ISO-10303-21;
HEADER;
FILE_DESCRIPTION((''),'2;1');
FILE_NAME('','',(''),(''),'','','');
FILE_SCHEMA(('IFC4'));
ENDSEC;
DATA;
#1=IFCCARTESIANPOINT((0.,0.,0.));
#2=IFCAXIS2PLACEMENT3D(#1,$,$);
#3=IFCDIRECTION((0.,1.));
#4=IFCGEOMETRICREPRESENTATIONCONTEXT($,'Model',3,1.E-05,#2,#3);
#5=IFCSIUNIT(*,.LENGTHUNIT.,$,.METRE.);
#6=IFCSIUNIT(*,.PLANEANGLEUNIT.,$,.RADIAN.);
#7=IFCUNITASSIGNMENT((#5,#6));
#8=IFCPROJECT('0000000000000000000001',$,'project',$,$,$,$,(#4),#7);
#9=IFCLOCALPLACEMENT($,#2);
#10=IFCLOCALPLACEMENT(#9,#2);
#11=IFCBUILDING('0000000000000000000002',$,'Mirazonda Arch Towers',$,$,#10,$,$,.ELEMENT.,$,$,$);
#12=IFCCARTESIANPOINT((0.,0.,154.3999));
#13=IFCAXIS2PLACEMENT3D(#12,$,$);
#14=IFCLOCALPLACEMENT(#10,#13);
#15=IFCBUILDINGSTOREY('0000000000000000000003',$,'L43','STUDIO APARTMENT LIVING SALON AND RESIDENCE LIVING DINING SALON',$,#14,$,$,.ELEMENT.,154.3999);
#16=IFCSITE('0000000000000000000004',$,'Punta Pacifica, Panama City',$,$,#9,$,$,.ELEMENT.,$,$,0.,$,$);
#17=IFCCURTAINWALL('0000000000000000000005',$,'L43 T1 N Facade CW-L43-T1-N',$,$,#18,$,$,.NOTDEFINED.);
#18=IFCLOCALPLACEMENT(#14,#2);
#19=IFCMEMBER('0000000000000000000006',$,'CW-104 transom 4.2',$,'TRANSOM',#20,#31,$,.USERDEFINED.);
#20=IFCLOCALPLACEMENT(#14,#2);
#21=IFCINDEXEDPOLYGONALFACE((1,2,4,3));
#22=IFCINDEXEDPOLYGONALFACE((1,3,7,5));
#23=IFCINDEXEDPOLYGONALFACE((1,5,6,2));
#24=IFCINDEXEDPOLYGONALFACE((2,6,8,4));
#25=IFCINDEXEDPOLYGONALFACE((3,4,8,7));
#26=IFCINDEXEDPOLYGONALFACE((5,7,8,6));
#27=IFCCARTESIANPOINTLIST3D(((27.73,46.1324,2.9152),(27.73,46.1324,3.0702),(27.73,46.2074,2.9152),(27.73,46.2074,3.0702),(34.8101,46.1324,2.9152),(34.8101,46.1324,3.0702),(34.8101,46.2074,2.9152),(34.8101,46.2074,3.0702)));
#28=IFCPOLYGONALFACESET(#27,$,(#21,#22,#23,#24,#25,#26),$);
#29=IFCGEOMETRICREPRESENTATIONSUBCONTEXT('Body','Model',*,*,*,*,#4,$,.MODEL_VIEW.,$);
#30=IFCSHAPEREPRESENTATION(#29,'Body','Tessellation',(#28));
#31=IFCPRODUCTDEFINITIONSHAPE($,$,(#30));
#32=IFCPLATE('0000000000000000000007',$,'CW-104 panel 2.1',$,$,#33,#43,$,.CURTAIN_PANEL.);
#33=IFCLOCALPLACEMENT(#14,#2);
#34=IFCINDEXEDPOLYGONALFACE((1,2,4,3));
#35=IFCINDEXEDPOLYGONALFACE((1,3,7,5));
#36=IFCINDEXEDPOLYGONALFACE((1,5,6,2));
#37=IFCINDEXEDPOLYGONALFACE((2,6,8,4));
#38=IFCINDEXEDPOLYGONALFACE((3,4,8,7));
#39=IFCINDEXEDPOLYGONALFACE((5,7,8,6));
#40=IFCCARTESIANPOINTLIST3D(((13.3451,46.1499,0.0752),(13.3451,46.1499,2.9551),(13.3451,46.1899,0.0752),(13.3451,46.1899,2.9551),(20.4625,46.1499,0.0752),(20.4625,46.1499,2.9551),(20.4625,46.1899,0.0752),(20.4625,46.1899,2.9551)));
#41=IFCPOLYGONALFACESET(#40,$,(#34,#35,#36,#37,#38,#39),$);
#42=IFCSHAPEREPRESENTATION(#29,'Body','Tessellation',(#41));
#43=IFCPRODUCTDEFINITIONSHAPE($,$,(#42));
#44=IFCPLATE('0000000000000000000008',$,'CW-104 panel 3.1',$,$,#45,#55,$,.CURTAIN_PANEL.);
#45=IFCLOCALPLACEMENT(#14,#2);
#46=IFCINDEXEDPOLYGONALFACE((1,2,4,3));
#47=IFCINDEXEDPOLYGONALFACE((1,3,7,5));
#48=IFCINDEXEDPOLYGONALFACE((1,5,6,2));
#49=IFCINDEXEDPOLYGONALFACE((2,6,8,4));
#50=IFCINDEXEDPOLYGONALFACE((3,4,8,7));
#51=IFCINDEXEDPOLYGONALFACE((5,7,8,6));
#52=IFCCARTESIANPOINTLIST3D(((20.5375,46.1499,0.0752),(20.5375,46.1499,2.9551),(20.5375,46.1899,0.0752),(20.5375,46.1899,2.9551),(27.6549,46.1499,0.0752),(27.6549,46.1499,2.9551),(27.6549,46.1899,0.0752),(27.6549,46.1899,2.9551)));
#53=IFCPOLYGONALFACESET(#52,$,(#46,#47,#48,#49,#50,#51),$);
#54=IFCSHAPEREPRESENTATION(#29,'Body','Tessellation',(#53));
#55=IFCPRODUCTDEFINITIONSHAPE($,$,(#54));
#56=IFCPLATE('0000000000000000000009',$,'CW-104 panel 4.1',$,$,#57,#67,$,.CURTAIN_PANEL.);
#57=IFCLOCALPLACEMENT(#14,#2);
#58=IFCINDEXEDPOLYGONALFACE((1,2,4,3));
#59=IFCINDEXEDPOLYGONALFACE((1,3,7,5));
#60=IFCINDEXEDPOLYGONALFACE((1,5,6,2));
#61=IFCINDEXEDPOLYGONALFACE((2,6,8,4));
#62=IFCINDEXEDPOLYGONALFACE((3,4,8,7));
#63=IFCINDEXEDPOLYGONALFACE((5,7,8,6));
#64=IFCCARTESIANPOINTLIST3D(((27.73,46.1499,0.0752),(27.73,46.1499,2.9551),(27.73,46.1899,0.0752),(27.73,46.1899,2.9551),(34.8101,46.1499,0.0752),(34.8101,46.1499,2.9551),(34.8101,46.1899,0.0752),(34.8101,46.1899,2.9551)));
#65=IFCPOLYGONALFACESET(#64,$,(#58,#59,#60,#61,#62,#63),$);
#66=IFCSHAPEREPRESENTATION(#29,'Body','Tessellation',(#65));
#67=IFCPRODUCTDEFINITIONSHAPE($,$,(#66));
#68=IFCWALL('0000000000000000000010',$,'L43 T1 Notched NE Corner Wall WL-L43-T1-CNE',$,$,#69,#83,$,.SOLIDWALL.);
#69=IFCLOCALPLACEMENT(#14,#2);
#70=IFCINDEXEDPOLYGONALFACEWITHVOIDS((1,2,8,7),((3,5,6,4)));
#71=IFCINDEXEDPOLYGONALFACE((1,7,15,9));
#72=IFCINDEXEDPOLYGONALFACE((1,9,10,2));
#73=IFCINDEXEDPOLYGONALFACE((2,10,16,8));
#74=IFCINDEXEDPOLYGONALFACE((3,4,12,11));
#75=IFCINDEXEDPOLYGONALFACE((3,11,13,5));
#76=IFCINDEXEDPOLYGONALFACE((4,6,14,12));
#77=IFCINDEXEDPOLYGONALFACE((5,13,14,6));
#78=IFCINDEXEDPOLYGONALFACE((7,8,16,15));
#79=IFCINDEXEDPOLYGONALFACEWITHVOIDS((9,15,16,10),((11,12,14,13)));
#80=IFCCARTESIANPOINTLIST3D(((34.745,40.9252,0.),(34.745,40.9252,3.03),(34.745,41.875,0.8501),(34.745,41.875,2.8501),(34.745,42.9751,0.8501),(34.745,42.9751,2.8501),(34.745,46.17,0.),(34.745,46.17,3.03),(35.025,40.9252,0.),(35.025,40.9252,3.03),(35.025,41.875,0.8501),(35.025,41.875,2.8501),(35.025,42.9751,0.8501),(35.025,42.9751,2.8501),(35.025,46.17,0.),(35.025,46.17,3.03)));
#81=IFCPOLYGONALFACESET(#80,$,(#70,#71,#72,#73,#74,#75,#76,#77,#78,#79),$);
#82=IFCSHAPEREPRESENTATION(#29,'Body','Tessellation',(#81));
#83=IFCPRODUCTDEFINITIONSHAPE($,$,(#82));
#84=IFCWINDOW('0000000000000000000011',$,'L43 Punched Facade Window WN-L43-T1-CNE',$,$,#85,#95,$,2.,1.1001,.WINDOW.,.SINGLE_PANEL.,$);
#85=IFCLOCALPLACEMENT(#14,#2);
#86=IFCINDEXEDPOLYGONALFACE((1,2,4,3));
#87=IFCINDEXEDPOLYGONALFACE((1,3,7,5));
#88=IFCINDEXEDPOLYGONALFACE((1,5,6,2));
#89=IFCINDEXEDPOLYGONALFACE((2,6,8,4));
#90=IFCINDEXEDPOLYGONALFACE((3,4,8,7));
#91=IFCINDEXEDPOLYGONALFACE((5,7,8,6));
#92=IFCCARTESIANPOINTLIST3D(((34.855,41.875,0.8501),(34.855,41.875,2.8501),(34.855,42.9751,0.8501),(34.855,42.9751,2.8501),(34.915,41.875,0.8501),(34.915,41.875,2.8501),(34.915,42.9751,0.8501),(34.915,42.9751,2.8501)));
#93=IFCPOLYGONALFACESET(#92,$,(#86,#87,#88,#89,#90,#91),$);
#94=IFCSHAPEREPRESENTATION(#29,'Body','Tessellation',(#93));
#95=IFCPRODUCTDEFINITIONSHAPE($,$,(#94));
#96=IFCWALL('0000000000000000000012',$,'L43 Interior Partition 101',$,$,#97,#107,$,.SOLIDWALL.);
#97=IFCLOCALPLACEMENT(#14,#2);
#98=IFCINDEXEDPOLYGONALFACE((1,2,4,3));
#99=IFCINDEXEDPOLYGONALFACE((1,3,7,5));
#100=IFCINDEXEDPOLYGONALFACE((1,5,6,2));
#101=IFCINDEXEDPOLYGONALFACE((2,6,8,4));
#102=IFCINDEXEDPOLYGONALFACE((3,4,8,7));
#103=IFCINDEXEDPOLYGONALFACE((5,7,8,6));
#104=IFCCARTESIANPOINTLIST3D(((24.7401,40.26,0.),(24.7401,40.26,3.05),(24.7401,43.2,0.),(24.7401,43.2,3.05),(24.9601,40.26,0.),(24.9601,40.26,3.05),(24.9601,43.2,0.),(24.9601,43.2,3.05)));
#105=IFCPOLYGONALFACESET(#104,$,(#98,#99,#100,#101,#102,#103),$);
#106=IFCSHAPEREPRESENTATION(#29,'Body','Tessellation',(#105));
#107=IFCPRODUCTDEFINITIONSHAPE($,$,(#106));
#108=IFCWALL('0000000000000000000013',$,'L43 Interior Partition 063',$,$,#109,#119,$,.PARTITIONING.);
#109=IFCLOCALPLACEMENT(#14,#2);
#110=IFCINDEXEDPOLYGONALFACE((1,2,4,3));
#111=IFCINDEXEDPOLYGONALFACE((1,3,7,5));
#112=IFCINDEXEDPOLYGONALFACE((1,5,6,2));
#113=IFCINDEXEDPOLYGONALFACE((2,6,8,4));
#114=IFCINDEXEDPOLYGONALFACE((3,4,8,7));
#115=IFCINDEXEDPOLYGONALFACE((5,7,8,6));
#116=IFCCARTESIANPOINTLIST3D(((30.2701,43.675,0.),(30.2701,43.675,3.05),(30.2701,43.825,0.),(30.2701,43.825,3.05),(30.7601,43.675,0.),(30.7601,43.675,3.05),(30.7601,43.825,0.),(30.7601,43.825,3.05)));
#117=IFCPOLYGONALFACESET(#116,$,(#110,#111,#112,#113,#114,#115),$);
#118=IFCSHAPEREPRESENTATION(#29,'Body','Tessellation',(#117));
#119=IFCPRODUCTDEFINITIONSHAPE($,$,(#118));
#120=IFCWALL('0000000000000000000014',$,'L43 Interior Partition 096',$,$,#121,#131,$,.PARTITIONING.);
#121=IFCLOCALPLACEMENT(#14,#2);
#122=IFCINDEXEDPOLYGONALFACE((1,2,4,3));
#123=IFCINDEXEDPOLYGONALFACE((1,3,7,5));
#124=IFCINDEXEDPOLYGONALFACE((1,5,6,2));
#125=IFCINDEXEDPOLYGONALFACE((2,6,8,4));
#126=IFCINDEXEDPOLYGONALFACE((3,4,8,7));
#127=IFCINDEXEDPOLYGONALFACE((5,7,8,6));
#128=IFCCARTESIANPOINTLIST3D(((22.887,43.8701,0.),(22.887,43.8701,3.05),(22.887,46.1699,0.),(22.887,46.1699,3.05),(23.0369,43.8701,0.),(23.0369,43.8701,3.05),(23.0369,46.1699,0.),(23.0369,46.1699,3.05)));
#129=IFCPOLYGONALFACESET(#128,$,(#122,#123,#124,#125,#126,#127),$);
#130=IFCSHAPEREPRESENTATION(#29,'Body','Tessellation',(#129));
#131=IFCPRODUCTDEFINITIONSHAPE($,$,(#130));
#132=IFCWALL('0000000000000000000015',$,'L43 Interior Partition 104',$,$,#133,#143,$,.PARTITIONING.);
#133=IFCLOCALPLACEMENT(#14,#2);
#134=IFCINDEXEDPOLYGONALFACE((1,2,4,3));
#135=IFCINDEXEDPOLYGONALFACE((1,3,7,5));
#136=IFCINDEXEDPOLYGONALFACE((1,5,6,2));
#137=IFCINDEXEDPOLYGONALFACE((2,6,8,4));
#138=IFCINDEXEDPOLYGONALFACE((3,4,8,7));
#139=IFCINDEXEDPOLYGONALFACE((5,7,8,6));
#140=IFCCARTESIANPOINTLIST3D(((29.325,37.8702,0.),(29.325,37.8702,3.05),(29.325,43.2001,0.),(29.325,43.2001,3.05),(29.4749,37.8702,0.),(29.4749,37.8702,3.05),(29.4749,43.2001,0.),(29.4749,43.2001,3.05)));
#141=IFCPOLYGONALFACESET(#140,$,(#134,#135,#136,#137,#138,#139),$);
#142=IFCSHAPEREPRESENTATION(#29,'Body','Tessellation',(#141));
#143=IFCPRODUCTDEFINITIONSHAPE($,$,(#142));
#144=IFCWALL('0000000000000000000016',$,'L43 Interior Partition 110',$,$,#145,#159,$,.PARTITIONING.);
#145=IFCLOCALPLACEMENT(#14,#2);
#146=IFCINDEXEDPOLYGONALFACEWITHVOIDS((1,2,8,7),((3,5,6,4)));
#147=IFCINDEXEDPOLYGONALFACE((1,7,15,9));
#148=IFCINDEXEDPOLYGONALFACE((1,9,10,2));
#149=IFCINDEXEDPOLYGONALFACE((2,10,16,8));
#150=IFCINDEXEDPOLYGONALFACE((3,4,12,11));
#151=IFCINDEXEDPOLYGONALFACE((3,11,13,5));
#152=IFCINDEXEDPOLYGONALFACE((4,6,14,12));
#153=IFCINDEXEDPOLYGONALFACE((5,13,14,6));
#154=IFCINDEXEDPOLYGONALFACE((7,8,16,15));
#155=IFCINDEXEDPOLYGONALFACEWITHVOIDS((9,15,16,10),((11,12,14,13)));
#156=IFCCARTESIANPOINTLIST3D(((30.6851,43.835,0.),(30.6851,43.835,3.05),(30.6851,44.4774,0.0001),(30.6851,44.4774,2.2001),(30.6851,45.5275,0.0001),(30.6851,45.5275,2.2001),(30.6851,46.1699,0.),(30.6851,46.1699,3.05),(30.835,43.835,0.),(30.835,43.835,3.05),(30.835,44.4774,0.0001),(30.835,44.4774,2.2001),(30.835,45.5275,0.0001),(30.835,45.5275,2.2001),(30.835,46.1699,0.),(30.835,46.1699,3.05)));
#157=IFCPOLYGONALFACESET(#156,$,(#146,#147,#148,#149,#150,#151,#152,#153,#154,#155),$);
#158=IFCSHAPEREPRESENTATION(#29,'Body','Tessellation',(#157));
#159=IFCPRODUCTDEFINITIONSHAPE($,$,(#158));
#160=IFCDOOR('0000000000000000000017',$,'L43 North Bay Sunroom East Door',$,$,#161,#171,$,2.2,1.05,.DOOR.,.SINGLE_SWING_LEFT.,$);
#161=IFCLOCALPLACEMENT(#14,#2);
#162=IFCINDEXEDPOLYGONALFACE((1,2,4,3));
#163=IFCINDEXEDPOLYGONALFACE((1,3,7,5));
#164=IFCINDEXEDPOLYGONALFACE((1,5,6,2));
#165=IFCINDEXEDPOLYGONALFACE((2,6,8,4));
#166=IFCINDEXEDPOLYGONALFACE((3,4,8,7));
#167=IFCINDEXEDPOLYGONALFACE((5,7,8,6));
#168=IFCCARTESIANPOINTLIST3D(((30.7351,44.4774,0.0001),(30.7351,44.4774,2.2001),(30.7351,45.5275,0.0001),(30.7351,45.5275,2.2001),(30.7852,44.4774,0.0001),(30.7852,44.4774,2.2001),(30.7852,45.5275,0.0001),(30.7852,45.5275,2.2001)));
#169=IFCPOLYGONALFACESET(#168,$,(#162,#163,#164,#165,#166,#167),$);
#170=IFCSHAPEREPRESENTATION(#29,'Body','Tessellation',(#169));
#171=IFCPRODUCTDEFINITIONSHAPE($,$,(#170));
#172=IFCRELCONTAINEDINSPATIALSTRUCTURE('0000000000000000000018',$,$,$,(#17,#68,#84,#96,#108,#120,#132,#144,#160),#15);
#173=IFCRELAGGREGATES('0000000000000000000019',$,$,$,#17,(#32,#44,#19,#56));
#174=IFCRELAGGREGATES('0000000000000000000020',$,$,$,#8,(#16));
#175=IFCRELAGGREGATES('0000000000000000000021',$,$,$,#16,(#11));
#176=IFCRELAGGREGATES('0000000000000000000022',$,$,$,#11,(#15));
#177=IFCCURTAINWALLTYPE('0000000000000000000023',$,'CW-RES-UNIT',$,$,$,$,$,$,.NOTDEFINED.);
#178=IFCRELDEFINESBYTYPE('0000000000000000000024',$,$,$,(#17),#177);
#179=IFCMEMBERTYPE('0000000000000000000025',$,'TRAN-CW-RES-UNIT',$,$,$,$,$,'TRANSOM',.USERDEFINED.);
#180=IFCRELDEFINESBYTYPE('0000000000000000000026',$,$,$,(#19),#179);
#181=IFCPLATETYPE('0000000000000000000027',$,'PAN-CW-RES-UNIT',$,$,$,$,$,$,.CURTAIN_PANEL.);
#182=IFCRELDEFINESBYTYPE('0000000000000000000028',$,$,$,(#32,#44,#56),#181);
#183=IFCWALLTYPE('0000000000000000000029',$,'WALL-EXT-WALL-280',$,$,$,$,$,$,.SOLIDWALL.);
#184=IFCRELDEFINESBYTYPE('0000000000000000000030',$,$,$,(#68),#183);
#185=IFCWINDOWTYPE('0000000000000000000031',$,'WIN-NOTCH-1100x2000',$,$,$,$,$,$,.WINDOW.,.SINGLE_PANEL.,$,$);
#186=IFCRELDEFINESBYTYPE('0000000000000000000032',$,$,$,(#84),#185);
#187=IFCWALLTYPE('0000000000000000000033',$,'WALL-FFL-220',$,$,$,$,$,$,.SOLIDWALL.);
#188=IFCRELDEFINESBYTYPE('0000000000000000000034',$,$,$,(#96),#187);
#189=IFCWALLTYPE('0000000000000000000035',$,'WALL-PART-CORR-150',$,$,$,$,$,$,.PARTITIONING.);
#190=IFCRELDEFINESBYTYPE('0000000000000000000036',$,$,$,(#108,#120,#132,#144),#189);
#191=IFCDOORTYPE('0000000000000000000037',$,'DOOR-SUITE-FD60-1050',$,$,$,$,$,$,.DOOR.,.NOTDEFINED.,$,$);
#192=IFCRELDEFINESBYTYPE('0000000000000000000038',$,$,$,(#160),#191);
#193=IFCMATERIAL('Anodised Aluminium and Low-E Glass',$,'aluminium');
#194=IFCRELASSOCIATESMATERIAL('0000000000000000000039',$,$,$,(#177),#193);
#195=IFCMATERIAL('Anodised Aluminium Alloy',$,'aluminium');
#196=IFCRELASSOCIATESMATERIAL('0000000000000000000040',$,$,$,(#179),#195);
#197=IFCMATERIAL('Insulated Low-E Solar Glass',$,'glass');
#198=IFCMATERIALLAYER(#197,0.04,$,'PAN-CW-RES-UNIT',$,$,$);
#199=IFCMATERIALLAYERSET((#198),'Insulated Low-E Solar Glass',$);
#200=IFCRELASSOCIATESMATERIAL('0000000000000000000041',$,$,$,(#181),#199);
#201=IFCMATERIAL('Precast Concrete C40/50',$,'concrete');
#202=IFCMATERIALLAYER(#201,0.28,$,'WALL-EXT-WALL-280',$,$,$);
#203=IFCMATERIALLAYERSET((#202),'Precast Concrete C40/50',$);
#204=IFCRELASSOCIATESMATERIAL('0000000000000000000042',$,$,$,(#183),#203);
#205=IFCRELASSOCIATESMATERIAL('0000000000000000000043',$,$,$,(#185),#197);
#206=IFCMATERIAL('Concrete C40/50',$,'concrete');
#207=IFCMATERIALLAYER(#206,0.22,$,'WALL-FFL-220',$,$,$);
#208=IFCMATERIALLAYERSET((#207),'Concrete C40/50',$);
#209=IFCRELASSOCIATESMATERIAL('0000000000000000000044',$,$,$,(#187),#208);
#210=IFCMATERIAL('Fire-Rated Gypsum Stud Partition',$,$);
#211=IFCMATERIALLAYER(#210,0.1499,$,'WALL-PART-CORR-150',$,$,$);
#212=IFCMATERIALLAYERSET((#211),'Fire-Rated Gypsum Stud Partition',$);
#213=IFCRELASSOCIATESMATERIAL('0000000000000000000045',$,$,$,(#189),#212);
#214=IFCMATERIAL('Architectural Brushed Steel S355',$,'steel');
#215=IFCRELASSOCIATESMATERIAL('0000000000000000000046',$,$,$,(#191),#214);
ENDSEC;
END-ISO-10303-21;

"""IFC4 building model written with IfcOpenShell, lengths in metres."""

from ifc_helpers import new_model, si_unit, direction, frame, frame_2d, origin, origin_2d, place, context, subcontext, project, spatial, rectangle, extrude, material, layer, layer_set, material_profile, profile_set, type_object, element, fill, aggregate, save


model = new_model("IFC4")

# Units and contexts
model_context = context("Model", 3, precision=1e-05, world=origin(), true_north=direction((0.0, 1.0)))
body_context = subcontext(model_context, "Body", "Model", "MODEL_VIEW")
ifc_project = project(units=[si_unit("LENGTHUNIT", "METRE"), si_unit("PLANEANGLEUNIT", "RADIAN")], contexts=[model_context])

# Site, building, storey
site_placement = place(None, origin())
site = spatial("IfcSite", under=ifc_project, at=site_placement, Name="Punta Pacifica, Panama City", CompositionType="ELEMENT", RefElevation=0.0)
building_placement = place(site_placement, origin())
building = spatial("IfcBuilding", under=site, at=building_placement, Name="Mirazonda Arch Towers", CompositionType="ELEMENT")
storey_placement = place(building_placement, frame((0.0, 0.0, 154.3999)))
storey = spatial("IfcBuildingStorey", under=building, at=storey_placement, Name="L43", Description="STUDIO APARTMENT LIVING SALON AND RESIDENCE LIVING DINING SALON", CompositionType="ELEMENT", Elevation=154.3999)

# Curtain wall, member, plates
ifc_material_1 = material(Name="Anodised Aluminium and Low-E Glass", Category="aluminium")
curtain_wall_type = type_object("IfcCurtainWallType", Name="CW-RES-UNIT", PredefinedType="NOTDEFINED", material=ifc_material_1)
curtain_wall_placement = place(storey_placement, origin())
curtain_wall = element("IfcCurtainWall", 1, at=curtain_wall_placement, inside=storey, type_object=curtain_wall_type, Name="L43 T1 N Facade CW-L43-T1-N", PredefinedType="NOTDEFINED")
ifc_material_2 = material(Name="Anodised Aluminium Alloy", Category="aluminium")
ifc_material_profile_1 = material_profile(ifc_material_2, rectangle(XDim=0.075, YDim=0.155, at=origin_2d()), Name="ALU-TRAN-75x155")
ifc_profile_set_1 = profile_set([ifc_material_profile_1], Name="Anodised Aluminium Alloy")
member_type_1 = type_object("IfcMemberType", Name="TRAN-CW-RES-UNIT", ElementType="TRANSOM", PredefinedType="USERDEFINED", material=ifc_profile_set_1)
member_1_placement = place(storey_placement, frame((27.73, 46.1699, 2.9927), z_axis=(1.0, 0.0, 0.0), x_axis=(0.0, 1.0, 0.0)))
member_1 = element("IfcMember", 2, at=member_1_placement, type_object=member_type_1, Name="CW-104 transom 4.2", ObjectType="TRANSOM", PredefinedType="USERDEFINED", context=body_context, shape_type="SweptSolid", body=[
    extrude(rectangle(XDim=0.075, YDim=0.155, at=origin_2d()), origin(), (0.0, 0.0, 1.0), 7.0801),
])
ifc_material_3 = material(Name="Insulated Low-E Solar Glass", Category="glass")
ifc_layer_1 = layer(ifc_material_3, 0.04, Name="PAN-CW-RES-UNIT")
ifc_layer_set_1 = layer_set([ifc_layer_1], Name="Insulated Low-E Solar Glass")
plate_type = type_object("IfcPlateType", Name="PAN-CW-RES-UNIT", PredefinedType="CURTAIN_PANEL", material=ifc_layer_set_1)
plate_1_placement = place(storey_placement, frame((16.9038, 46.1699, 0.0752), z_axis=(0.0, 0.0, 1.0), x_axis=(1.0, 0.0, 0.0)))
plate_1 = element("IfcPlate", 3, at=plate_1_placement, type_object=plate_type, Name="CW-104 panel 2.1", PredefinedType="CURTAIN_PANEL", context=body_context, shape_type="SweptSolid", body=[
    extrude(rectangle(XDim=7.1174, YDim=0.04, at=origin_2d()), origin(), (0.0, 0.0, 1.0), 2.8799),
])
plate_2_placement = place(storey_placement, frame((24.0962, 46.1699, 0.0752), z_axis=(0.0, 0.0, 1.0), x_axis=(1.0, 0.0, 0.0)))
plate_2 = element("IfcPlate", 4, at=plate_2_placement, type_object=plate_type, Name="CW-104 panel 3.1", PredefinedType="CURTAIN_PANEL", context=body_context, shape_type="SweptSolid", body=[
    extrude(rectangle(XDim=7.1174, YDim=0.04, at=origin_2d()), origin(), (0.0, 0.0, 1.0), 2.8799),
])
plate_3_placement = place(storey_placement, frame((31.27, 46.1699, 0.0752), z_axis=(0.0, 0.0, 1.0), x_axis=(1.0, 0.0, 0.0)))
plate_3 = element("IfcPlate", 5, at=plate_3_placement, type_object=plate_type, Name="CW-104 panel 4.1", PredefinedType="CURTAIN_PANEL", context=body_context, shape_type="SweptSolid", body=[
    extrude(rectangle(XDim=7.0801, YDim=0.04, at=origin_2d()), origin(), (0.0, 0.0, 1.0), 2.8799),
])
aggregate(curtain_wall, [plate_1, plate_2, member_1, plate_3])

# Wall, opening, window
ifc_material_4 = material(Name="Precast Concrete C40/50", Category="concrete")
ifc_layer_2 = layer(ifc_material_4, 0.28, Name="WALL-EXT-WALL-280")
ifc_layer_set_2 = layer_set([ifc_layer_2], Name="Precast Concrete C40/50")
wall_type_1 = type_object("IfcWallType", Name="WALL-EXT-WALL-280", PredefinedType="SOLIDWALL", material=ifc_layer_set_2)
wall_1_placement = place(storey_placement, frame((34.885, 40.925, 0.0), z_axis=(0.0, 0.0, 1.0), x_axis=(0.0, 1.0, 0.0)))
wall_1 = element("IfcWall", 6, at=wall_1_placement, inside=storey, type_object=wall_type_1, Name="L43 T1 Notched NE Corner Wall WL-L43-T1-CNE", PredefinedType="SOLIDWALL", context=body_context, shape_type="SweptSolid", body=[
    extrude(rectangle(XDim=5.2449, YDim=0.28, at=frame_2d((2.6226, 0.0))), origin(), (0.0, 0.0, 1.0), 3.03),
])
opening_1_placement = place(wall_1_placement, frame((0.95, 0.0, 0.8501)))
opening_1 = element("IfcOpeningElement", 7, at=opening_1_placement, cuts=wall_1, PredefinedType="OPENING", context=body_context, shape_type="SweptSolid", body=[
    extrude(rectangle(XDim=1.1001, YDim=2.0, at=frame_2d((0.55, 1.0))), frame((0.0, 0.1499, 0.0), z_axis=(0.0, -1.0, 0.0), x_axis=(1.0, 0.0, 0.0)), (0.0, 0.0, 1.0), 0.3),
])
window_type = type_object("IfcWindowType", Name="WIN-NOTCH-1100x2000", PartitioningType="SINGLE_PANEL", PredefinedType="WINDOW", material=ifc_material_3)
window_placement = place(opening_1_placement, origin())
window = element("IfcWindow", 8, at=window_placement, inside=storey, type_object=window_type, Name="L43 Punched Facade Window WN-L43-T1-CNE", OverallHeight=2.0, OverallWidth=1.1001, PartitioningType="SINGLE_PANEL", PredefinedType="WINDOW", context=body_context, shape_type="SweptSolid", body=[
    extrude(rectangle(XDim=1.1001, YDim=2.0, at=frame_2d((0.55, 1.0))), frame((0.0, 0.03, 0.0), z_axis=(0.0, -1.0, 0.0), x_axis=(1.0, 0.0, 0.0)), (0.0, 0.0, 1.0), 0.0601),
])
fill(opening_1, window)

# Walls
ifc_material_5 = material(Name="Concrete C40/50", Category="concrete")
ifc_layer_3 = layer(ifc_material_5, 0.22, Name="WALL-FFL-220")
ifc_layer_set_3 = layer_set([ifc_layer_3], Name="Concrete C40/50")
wall_type_2 = type_object("IfcWallType", Name="WALL-FFL-220", PredefinedType="SOLIDWALL", material=ifc_layer_set_3)
wall_2_placement = place(storey_placement, frame((24.8501, 40.26, 0.0), z_axis=(0.0, 0.0, 1.0), x_axis=(0.0, 1.0, 0.0)))
element("IfcWall", 9, at=wall_2_placement, inside=storey, type_object=wall_type_2, Name="L43 Interior Partition 101", PredefinedType="SOLIDWALL", context=body_context, shape_type="SweptSolid", body=[
    extrude(rectangle(XDim=2.9399, YDim=0.22, at=frame_2d((1.47, 0.0))), origin(), (0.0, 0.0, 1.0), 3.05),
])
ifc_material_6 = material(Name="Fire-Rated Gypsum Stud Partition")
ifc_layer_4 = layer(ifc_material_6, 0.1499, Name="WALL-PART-CORR-150")
ifc_layer_set_4 = layer_set([ifc_layer_4], Name="Fire-Rated Gypsum Stud Partition")
wall_type_3 = type_object("IfcWallType", Name="WALL-PART-CORR-150", PredefinedType="PARTITIONING", material=ifc_layer_set_4)
wall_3_placement = place(storey_placement, frame((30.27, 43.75, 0.0), z_axis=(0.0, 0.0, 1.0), x_axis=(1.0, 0.0, 0.0)))
element("IfcWall", 10, at=wall_3_placement, inside=storey, type_object=wall_type_3, Name="L43 Interior Partition 063", PredefinedType="PARTITIONING", context=body_context, shape_type="SweptSolid", body=[
    extrude(rectangle(XDim=0.49, YDim=0.1499, at=frame_2d((0.2451, 0.0))), origin(), (0.0, 0.0, 1.0), 3.05),
])
wall_4_placement = place(storey_placement, frame((22.9619, 43.8701, 0.0), z_axis=(0.0, 0.0, 1.0), x_axis=(0.0, 1.0, 0.0)))
element("IfcWall", 11, at=wall_4_placement, inside=storey, type_object=wall_type_3, Name="L43 Interior Partition 096", PredefinedType="PARTITIONING", context=body_context, shape_type="SweptSolid", body=[
    extrude(rectangle(XDim=2.2998, YDim=0.1499, at=frame_2d((1.1499, 0.0))), origin(), (0.0, 0.0, 1.0), 3.05),
])
wall_5_placement = place(storey_placement, frame((29.3999, 37.8701, 0.0), z_axis=(0.0, 0.0, 1.0), x_axis=(0.0, 1.0, 0.0)))
element("IfcWall", 12, at=wall_5_placement, inside=storey, type_object=wall_type_3, Name="L43 Interior Partition 104", PredefinedType="PARTITIONING", context=body_context, shape_type="SweptSolid", body=[
    extrude(rectangle(XDim=5.3298, YDim=0.1499, at=frame_2d((2.665, 0.0))), origin(), (0.0, 0.0, 1.0), 3.05),
])

# Wall, opening, door
wall_6_placement = place(storey_placement, frame((30.76, 43.835, 0.0), z_axis=(0.0, 0.0, 1.0), x_axis=(0.0, 1.0, 0.0)))
wall_6 = element("IfcWall", 13, at=wall_6_placement, inside=storey, type_object=wall_type_3, Name="L43 Interior Partition 110", PredefinedType="PARTITIONING", context=body_context, shape_type="SweptSolid", body=[
    extrude(rectangle(XDim=2.335, YDim=0.1499, at=frame_2d((1.1675, 0.0))), origin(), (0.0, 0.0, 1.0), 3.05),
])
opening_2_placement = place(wall_6_placement, frame((0.6426, 0.0, 0.0)))
opening_2 = element("IfcOpeningElement", 14, at=opening_2_placement, cuts=wall_6, PredefinedType="OPENING", context=body_context, shape_type="SweptSolid", body=[
    extrude(rectangle(XDim=1.05, YDim=2.2, at=frame_2d((0.5249, 1.1001))), frame((0.0, 0.085, 0.0), z_axis=(0.0, -1.0, 0.0), x_axis=(1.0, 0.0, 0.0)), (0.0, 0.0, 1.0), 0.1699),
])
ifc_material_7 = material(Name="Architectural Brushed Steel S355", Category="steel")
door_type_1 = type_object("IfcDoorType", Name="DOOR-SUITE-FD60-1050", OperationType="NOTDEFINED", PredefinedType="DOOR", material=ifc_material_7)
door_1_placement = place(opening_2_placement, origin())
door_1 = element("IfcDoor", 15, at=door_1_placement, inside=storey, type_object=door_type_1, Name="L43 North Bay Sunroom East Door", OperationType="SINGLE_SWING_LEFT", OverallHeight=2.2, OverallWidth=1.05, PredefinedType="DOOR", context=body_context, shape_type="SweptSolid", body=[
    extrude(rectangle(XDim=1.05, YDim=2.2, at=frame_2d((0.5249, 1.1001))), frame((0.0, 0.0249, 0.0), z_axis=(0.0, -1.0, 0.0), x_axis=(1.0, 0.0, 0.0)), (0.0, 0.0, 1.0), 0.05),
])
fill(opening_2, door_1)

save(model, "model.ifc")
